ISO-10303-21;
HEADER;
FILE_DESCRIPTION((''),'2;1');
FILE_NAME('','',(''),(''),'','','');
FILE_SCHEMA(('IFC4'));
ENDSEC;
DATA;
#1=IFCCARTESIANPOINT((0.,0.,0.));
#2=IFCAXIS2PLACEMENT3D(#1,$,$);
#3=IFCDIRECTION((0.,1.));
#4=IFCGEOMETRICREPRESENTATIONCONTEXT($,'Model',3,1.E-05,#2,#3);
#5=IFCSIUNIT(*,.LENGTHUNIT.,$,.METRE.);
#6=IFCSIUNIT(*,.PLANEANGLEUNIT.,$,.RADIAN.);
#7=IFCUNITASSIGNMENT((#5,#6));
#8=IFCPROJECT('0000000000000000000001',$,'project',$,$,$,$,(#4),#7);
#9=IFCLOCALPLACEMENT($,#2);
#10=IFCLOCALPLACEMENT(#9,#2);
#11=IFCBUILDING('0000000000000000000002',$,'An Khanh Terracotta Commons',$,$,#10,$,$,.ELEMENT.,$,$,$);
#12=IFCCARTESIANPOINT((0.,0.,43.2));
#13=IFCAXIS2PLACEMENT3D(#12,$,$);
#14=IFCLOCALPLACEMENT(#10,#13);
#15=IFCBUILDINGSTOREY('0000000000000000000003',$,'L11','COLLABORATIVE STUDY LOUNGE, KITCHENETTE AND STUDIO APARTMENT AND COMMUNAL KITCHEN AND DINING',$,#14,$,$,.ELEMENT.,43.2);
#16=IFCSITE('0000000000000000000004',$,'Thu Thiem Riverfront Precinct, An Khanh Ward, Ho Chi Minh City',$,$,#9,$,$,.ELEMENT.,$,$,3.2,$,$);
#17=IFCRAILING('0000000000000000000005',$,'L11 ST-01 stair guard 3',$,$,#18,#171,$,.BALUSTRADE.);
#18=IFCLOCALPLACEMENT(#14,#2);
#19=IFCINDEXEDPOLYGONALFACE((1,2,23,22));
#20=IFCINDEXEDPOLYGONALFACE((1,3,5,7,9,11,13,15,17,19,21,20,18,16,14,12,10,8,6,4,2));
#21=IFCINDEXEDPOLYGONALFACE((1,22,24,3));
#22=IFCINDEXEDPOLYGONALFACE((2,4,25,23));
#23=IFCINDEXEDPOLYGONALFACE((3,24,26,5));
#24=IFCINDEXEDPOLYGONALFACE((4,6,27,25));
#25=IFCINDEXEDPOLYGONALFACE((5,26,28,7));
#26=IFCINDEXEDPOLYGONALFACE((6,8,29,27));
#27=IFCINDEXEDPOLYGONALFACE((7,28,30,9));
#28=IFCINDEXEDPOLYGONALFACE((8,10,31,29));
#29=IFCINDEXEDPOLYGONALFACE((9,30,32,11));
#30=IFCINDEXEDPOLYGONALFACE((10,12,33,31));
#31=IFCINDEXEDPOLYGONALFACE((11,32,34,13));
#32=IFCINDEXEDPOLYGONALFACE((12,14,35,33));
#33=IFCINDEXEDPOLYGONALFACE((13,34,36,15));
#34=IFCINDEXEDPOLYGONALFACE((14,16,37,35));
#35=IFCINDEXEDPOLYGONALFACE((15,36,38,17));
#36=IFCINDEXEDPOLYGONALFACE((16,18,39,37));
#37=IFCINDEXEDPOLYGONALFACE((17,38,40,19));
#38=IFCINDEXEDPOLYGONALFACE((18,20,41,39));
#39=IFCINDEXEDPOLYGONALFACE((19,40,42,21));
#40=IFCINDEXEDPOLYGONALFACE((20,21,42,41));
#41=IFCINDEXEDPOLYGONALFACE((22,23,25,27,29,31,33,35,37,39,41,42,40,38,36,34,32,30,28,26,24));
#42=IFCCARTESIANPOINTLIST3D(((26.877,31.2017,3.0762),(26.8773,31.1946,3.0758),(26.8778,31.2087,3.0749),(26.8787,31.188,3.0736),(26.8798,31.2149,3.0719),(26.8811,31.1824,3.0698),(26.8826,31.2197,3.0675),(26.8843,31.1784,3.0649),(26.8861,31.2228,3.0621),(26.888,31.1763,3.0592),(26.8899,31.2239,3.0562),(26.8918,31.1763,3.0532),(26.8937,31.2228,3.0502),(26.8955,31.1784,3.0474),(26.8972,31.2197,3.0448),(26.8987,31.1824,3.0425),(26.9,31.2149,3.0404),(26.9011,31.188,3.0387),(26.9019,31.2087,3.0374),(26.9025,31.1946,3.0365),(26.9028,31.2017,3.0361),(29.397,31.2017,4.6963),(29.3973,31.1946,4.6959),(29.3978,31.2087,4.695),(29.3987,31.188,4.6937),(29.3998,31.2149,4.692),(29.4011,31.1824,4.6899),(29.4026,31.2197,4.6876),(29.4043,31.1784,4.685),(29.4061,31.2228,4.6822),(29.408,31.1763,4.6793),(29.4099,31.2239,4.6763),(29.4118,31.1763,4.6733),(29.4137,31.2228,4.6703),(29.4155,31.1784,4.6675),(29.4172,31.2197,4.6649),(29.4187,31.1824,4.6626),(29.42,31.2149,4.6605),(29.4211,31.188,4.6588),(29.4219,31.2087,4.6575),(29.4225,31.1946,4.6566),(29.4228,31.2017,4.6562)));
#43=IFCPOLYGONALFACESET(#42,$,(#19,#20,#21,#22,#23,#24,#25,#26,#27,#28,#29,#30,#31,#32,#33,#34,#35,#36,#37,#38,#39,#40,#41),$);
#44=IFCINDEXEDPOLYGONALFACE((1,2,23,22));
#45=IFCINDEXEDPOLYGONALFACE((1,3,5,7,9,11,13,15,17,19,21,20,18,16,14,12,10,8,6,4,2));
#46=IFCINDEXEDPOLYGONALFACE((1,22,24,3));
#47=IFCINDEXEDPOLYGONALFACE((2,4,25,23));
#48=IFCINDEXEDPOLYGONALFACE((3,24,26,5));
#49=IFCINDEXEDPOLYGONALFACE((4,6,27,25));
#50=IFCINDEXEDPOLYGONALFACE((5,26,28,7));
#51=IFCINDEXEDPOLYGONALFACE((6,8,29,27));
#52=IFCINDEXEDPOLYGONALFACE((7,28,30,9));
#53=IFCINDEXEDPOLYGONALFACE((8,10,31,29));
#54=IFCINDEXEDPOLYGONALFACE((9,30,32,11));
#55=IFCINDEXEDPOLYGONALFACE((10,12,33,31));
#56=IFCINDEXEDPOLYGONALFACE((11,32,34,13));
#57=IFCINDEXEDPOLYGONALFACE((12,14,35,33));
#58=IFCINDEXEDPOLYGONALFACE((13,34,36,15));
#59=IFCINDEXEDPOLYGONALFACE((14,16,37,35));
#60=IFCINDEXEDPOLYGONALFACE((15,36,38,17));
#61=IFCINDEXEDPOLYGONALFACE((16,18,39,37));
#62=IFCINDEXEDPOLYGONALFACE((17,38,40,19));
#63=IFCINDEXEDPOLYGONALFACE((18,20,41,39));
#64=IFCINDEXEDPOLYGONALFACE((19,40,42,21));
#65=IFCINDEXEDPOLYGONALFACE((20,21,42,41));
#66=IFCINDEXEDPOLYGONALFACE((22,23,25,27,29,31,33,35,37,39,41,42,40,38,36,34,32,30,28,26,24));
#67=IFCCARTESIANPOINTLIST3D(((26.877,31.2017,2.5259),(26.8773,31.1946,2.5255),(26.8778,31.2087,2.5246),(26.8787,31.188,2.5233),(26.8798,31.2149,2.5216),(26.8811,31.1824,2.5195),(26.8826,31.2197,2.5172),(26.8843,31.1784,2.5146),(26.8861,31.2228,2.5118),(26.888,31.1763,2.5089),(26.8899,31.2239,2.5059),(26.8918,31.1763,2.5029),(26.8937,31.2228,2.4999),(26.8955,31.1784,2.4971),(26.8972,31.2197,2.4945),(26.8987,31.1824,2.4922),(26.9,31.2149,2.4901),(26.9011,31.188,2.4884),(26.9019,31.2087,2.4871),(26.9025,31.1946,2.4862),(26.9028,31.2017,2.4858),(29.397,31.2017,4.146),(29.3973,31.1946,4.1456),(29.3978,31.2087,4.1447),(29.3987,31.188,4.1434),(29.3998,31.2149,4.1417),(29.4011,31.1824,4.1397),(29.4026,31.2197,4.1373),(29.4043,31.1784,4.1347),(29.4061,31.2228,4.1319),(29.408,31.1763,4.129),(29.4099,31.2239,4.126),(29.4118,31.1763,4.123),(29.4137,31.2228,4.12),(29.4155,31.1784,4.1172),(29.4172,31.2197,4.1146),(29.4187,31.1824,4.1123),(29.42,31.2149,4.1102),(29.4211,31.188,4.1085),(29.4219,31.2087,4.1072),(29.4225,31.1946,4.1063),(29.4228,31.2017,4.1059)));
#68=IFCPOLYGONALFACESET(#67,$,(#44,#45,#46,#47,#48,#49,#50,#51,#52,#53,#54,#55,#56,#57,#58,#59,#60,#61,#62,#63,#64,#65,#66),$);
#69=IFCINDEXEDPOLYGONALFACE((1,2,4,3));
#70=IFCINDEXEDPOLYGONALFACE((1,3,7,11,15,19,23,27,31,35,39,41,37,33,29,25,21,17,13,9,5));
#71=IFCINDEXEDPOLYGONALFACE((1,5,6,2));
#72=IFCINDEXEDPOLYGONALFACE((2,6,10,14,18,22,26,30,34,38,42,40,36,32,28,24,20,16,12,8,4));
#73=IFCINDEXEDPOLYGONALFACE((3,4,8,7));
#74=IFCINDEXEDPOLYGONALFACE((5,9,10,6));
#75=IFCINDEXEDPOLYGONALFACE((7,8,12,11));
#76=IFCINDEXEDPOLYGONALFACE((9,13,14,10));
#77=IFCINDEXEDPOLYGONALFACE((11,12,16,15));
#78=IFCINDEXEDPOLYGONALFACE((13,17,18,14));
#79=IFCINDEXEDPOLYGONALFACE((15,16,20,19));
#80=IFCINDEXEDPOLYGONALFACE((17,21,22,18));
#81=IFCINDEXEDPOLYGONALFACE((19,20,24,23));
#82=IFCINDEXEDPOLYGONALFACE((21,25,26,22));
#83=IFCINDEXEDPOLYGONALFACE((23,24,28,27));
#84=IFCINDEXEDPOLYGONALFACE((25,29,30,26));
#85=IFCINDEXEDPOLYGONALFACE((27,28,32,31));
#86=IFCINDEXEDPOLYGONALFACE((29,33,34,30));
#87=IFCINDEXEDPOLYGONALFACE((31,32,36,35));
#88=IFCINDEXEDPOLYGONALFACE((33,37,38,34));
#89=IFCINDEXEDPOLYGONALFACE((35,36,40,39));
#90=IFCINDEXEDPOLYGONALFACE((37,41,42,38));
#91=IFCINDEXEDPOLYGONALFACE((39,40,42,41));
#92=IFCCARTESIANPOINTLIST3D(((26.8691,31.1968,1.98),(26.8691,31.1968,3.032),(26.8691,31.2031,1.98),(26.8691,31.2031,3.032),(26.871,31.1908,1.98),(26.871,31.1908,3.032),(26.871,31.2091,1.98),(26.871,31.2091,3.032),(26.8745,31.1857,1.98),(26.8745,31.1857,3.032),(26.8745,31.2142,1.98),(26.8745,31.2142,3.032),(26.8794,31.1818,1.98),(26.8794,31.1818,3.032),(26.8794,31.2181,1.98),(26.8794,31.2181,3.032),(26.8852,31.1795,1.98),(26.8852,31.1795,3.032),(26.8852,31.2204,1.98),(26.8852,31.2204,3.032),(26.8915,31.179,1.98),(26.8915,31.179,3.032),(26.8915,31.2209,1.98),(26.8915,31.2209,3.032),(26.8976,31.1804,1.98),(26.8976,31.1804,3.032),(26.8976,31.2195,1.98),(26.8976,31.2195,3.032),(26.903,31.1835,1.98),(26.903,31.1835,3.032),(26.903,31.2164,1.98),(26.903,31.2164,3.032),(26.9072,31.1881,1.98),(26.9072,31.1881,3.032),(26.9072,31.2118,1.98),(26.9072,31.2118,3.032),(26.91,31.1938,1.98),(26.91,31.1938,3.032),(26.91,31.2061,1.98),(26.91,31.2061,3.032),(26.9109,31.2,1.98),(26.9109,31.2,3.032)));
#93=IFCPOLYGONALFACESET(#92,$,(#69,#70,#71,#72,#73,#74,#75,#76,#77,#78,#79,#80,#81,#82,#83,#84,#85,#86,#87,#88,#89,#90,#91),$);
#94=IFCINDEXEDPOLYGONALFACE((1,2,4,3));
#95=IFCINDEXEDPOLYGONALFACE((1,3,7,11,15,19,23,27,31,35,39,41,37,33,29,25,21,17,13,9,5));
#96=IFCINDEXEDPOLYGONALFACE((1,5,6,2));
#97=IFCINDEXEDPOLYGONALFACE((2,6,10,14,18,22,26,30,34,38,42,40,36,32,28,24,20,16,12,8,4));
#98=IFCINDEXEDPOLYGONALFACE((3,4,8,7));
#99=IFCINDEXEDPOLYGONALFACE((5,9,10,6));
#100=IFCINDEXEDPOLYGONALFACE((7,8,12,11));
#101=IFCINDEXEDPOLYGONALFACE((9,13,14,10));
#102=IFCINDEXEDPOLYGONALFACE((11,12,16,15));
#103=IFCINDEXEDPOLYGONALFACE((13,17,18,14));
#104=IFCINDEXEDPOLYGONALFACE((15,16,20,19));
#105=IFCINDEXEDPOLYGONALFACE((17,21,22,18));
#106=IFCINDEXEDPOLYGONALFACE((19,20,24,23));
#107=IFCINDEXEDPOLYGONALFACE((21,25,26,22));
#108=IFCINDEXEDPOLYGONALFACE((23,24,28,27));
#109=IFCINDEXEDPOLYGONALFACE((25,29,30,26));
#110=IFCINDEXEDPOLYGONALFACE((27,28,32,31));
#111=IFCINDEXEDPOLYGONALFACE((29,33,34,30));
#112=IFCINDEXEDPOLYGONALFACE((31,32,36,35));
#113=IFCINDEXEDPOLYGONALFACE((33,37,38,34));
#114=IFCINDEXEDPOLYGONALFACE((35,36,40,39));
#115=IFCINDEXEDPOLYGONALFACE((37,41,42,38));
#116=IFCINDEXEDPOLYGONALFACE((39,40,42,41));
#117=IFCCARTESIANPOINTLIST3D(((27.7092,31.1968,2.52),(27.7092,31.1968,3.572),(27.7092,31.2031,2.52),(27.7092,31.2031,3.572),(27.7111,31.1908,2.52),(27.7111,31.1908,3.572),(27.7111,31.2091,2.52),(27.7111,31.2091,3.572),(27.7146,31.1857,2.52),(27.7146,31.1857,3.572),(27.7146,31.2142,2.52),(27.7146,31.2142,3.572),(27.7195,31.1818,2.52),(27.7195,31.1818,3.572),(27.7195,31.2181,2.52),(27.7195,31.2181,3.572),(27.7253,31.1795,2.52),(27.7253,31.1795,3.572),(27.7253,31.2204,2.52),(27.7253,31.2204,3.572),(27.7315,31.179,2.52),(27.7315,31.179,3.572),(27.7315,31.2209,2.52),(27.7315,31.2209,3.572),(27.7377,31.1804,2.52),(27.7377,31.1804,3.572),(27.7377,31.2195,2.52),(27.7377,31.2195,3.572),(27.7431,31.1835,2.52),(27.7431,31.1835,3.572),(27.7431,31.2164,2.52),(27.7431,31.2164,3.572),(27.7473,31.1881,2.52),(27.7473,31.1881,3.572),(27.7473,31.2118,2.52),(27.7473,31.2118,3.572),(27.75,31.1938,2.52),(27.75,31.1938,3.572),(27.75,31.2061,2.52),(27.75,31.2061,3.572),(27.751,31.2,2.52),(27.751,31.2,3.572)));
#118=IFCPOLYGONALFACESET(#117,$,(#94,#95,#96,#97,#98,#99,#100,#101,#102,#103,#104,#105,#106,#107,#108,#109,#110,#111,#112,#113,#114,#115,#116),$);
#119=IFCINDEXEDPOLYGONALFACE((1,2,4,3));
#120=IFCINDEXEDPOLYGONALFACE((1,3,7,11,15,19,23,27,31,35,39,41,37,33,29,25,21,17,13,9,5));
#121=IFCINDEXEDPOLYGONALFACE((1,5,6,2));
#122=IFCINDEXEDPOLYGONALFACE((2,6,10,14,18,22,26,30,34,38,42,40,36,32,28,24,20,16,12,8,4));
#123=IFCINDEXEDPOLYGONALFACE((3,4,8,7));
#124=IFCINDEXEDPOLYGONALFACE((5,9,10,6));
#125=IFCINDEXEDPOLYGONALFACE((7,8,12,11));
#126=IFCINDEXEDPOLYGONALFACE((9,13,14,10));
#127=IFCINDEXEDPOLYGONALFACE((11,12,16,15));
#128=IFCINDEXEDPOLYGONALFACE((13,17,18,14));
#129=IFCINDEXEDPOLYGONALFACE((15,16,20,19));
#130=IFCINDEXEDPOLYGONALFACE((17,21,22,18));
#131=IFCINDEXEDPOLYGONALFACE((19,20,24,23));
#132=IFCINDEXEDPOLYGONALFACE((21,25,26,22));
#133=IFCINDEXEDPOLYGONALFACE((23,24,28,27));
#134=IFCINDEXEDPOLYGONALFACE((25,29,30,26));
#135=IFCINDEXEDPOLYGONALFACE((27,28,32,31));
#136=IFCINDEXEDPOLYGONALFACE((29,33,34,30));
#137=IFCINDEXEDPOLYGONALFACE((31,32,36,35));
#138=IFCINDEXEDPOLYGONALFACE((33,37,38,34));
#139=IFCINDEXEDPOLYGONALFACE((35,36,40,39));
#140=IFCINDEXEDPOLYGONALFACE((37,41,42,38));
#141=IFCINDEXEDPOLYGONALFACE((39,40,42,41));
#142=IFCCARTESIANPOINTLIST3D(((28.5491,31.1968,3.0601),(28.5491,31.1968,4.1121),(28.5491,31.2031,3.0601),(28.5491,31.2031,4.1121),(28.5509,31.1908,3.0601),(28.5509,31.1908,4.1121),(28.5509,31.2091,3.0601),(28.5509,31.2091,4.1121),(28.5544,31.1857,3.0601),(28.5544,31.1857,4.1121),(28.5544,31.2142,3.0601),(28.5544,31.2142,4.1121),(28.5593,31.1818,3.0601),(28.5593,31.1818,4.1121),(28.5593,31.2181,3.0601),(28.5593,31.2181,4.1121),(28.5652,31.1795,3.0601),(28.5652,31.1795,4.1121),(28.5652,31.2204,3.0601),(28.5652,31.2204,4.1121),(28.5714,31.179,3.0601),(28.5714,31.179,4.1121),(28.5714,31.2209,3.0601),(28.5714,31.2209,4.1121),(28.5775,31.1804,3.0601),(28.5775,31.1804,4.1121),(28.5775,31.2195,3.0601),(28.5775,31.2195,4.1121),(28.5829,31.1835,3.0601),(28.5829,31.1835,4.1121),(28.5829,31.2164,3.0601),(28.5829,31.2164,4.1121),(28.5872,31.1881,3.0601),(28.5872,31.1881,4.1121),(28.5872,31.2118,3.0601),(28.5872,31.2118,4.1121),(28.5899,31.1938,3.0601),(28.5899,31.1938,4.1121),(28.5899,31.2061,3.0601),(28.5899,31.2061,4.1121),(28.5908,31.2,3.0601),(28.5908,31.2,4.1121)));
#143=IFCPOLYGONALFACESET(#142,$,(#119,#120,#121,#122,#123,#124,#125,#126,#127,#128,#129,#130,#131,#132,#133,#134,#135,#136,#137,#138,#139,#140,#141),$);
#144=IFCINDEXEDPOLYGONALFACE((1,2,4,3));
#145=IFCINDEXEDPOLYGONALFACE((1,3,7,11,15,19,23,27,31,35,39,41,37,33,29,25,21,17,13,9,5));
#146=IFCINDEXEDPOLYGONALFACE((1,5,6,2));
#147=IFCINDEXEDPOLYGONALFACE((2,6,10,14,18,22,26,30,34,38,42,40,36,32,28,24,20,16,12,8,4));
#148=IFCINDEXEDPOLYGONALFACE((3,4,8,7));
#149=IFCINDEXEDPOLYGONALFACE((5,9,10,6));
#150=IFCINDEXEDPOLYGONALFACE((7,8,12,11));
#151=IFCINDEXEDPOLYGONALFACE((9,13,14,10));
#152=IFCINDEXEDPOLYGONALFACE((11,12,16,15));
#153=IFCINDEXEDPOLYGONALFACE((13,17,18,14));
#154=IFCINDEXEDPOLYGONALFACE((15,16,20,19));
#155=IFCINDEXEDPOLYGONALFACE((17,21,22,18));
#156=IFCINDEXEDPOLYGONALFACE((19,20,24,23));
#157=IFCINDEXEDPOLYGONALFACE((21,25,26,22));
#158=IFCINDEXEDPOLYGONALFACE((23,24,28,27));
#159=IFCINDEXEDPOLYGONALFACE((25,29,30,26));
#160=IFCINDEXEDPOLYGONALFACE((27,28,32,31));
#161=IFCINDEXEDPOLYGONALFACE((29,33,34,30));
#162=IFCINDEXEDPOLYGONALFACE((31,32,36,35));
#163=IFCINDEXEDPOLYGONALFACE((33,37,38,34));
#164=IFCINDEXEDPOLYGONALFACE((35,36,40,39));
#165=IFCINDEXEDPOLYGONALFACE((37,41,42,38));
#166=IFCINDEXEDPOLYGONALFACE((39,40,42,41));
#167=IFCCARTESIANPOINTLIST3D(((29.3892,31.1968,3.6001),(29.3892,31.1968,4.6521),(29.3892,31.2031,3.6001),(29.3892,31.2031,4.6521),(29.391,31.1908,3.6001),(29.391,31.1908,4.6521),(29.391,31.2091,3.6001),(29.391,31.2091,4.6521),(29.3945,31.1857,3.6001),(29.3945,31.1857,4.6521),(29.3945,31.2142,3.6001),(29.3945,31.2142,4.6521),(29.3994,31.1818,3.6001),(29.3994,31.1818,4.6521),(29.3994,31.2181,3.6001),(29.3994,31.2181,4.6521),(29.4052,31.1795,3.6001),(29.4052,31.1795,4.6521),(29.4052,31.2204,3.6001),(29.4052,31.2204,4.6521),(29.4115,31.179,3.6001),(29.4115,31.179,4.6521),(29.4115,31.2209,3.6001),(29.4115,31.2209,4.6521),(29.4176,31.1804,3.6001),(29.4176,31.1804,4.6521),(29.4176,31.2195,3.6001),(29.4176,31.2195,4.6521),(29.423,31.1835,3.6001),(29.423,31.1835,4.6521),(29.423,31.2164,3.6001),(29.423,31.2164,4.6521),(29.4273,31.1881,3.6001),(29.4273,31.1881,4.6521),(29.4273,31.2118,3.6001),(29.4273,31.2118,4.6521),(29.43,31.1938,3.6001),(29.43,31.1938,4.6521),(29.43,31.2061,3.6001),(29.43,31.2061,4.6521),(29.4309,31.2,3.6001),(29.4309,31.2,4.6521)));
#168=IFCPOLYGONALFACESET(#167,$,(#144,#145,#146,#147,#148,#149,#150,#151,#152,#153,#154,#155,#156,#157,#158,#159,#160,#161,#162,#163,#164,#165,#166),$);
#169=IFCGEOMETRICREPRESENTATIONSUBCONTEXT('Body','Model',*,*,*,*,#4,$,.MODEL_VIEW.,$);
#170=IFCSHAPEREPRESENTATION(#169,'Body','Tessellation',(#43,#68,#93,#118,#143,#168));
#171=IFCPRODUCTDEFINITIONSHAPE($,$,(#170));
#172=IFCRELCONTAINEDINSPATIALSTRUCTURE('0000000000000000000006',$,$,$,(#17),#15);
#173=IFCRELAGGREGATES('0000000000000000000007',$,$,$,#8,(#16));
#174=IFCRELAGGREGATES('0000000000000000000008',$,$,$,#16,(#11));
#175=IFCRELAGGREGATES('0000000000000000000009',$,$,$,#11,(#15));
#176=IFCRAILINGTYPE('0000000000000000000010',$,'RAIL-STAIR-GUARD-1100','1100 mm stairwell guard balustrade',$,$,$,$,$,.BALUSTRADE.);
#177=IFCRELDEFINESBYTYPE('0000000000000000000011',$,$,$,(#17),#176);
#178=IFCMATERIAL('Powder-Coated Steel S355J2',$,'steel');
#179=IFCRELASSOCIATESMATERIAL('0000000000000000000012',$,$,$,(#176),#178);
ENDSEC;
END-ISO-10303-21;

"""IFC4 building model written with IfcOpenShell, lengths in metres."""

from ifc_helpers import new_model, si_unit, direction, frame, origin, origin_2d, place, context, subcontext, project, spatial, circle, extrude, material, type_object, element, save


model = new_model("IFC4")

# Units and contexts
model_context = context("Model", 3, precision=1e-05, world=origin(), true_north=direction((0.0, 1.0)))
body_context = subcontext(model_context, "Body", "Model", "MODEL_VIEW")
ifc_project = project(units=[si_unit("LENGTHUNIT", "METRE"), si_unit("PLANEANGLEUNIT", "RADIAN")], contexts=[model_context])

# Site, building, storey
site_placement = place(None, origin())
site = spatial("IfcSite", under=ifc_project, at=site_placement, Name="Thu Thiem Riverfront Precinct, An Khanh Ward, Ho Chi Minh City", CompositionType="ELEMENT", RefElevation=3.2)
building_placement = place(site_placement, origin())
building = spatial("IfcBuilding", under=site, at=building_placement, Name="An Khanh Terracotta Commons", CompositionType="ELEMENT")
storey_placement = place(building_placement, frame((0.0, 0.0, 43.2)))
storey = spatial("IfcBuildingStorey", under=building, at=storey_placement, Name="L11", Description="COLLABORATIVE STUDY LOUNGE, KITCHENETTE AND STUDIO APARTMENT AND COMMUNAL KITCHEN AND DINING", CompositionType="ELEMENT", Elevation=43.2)

# Railing
ifc_material_1 = material(Name="Powder-Coated Steel S355J2", Category="steel")
railing_type_1 = type_object("IfcRailingType", Name="RAIL-STAIR-GUARD-1100", Description="1100 mm stairwell guard balustrade", PredefinedType="BALUSTRADE", material=ifc_material_1)
railing_1_placement = place(storey_placement, frame((26.8899, 31.2, 1.98)))
element("IfcRailing", 1, at=railing_1_placement, inside=storey, type_object=railing_type_1, Name="L11 ST-01 stair guard 3", PredefinedType="BALUSTRADE", context=body_context, shape_type="SweptSolid", body=[
    extrude(circle(Radius=0.0239, at=origin_2d()), frame((0.0, 0.0, 1.0762), z_axis=(0.841163, 0.0, 0.540782), x_axis=(0.0, 1.0, 0.0)), (0.0, 0.0, 1.0), 2.9958),
    extrude(circle(Radius=0.0239, at=origin_2d()), frame((0.0, 0.0, 0.5259), z_axis=(0.841163, 0.0, 0.540782), x_axis=(0.0, 1.0, 0.0)), (0.0, 0.0, 1.0), 2.9958),
    extrude(circle(Radius=0.021, at=origin_2d()), origin(), (0.0, 0.0, 1.0), 1.052),
    extrude(circle(Radius=0.021, at=origin_2d()), frame((0.8401, 0.0, 0.54)), (0.0, 0.0, 1.0), 1.052),
    extrude(circle(Radius=0.021, at=origin_2d()), frame((1.6799, 0.0, 1.0801)), (0.0, 0.0, 1.0), 1.052),
    extrude(circle(Radius=0.021, at=origin_2d()), frame((2.52, 0.0, 1.6201)), (0.0, 0.0, 1.0), 1.052),
])

save(model, "model.ifc")
